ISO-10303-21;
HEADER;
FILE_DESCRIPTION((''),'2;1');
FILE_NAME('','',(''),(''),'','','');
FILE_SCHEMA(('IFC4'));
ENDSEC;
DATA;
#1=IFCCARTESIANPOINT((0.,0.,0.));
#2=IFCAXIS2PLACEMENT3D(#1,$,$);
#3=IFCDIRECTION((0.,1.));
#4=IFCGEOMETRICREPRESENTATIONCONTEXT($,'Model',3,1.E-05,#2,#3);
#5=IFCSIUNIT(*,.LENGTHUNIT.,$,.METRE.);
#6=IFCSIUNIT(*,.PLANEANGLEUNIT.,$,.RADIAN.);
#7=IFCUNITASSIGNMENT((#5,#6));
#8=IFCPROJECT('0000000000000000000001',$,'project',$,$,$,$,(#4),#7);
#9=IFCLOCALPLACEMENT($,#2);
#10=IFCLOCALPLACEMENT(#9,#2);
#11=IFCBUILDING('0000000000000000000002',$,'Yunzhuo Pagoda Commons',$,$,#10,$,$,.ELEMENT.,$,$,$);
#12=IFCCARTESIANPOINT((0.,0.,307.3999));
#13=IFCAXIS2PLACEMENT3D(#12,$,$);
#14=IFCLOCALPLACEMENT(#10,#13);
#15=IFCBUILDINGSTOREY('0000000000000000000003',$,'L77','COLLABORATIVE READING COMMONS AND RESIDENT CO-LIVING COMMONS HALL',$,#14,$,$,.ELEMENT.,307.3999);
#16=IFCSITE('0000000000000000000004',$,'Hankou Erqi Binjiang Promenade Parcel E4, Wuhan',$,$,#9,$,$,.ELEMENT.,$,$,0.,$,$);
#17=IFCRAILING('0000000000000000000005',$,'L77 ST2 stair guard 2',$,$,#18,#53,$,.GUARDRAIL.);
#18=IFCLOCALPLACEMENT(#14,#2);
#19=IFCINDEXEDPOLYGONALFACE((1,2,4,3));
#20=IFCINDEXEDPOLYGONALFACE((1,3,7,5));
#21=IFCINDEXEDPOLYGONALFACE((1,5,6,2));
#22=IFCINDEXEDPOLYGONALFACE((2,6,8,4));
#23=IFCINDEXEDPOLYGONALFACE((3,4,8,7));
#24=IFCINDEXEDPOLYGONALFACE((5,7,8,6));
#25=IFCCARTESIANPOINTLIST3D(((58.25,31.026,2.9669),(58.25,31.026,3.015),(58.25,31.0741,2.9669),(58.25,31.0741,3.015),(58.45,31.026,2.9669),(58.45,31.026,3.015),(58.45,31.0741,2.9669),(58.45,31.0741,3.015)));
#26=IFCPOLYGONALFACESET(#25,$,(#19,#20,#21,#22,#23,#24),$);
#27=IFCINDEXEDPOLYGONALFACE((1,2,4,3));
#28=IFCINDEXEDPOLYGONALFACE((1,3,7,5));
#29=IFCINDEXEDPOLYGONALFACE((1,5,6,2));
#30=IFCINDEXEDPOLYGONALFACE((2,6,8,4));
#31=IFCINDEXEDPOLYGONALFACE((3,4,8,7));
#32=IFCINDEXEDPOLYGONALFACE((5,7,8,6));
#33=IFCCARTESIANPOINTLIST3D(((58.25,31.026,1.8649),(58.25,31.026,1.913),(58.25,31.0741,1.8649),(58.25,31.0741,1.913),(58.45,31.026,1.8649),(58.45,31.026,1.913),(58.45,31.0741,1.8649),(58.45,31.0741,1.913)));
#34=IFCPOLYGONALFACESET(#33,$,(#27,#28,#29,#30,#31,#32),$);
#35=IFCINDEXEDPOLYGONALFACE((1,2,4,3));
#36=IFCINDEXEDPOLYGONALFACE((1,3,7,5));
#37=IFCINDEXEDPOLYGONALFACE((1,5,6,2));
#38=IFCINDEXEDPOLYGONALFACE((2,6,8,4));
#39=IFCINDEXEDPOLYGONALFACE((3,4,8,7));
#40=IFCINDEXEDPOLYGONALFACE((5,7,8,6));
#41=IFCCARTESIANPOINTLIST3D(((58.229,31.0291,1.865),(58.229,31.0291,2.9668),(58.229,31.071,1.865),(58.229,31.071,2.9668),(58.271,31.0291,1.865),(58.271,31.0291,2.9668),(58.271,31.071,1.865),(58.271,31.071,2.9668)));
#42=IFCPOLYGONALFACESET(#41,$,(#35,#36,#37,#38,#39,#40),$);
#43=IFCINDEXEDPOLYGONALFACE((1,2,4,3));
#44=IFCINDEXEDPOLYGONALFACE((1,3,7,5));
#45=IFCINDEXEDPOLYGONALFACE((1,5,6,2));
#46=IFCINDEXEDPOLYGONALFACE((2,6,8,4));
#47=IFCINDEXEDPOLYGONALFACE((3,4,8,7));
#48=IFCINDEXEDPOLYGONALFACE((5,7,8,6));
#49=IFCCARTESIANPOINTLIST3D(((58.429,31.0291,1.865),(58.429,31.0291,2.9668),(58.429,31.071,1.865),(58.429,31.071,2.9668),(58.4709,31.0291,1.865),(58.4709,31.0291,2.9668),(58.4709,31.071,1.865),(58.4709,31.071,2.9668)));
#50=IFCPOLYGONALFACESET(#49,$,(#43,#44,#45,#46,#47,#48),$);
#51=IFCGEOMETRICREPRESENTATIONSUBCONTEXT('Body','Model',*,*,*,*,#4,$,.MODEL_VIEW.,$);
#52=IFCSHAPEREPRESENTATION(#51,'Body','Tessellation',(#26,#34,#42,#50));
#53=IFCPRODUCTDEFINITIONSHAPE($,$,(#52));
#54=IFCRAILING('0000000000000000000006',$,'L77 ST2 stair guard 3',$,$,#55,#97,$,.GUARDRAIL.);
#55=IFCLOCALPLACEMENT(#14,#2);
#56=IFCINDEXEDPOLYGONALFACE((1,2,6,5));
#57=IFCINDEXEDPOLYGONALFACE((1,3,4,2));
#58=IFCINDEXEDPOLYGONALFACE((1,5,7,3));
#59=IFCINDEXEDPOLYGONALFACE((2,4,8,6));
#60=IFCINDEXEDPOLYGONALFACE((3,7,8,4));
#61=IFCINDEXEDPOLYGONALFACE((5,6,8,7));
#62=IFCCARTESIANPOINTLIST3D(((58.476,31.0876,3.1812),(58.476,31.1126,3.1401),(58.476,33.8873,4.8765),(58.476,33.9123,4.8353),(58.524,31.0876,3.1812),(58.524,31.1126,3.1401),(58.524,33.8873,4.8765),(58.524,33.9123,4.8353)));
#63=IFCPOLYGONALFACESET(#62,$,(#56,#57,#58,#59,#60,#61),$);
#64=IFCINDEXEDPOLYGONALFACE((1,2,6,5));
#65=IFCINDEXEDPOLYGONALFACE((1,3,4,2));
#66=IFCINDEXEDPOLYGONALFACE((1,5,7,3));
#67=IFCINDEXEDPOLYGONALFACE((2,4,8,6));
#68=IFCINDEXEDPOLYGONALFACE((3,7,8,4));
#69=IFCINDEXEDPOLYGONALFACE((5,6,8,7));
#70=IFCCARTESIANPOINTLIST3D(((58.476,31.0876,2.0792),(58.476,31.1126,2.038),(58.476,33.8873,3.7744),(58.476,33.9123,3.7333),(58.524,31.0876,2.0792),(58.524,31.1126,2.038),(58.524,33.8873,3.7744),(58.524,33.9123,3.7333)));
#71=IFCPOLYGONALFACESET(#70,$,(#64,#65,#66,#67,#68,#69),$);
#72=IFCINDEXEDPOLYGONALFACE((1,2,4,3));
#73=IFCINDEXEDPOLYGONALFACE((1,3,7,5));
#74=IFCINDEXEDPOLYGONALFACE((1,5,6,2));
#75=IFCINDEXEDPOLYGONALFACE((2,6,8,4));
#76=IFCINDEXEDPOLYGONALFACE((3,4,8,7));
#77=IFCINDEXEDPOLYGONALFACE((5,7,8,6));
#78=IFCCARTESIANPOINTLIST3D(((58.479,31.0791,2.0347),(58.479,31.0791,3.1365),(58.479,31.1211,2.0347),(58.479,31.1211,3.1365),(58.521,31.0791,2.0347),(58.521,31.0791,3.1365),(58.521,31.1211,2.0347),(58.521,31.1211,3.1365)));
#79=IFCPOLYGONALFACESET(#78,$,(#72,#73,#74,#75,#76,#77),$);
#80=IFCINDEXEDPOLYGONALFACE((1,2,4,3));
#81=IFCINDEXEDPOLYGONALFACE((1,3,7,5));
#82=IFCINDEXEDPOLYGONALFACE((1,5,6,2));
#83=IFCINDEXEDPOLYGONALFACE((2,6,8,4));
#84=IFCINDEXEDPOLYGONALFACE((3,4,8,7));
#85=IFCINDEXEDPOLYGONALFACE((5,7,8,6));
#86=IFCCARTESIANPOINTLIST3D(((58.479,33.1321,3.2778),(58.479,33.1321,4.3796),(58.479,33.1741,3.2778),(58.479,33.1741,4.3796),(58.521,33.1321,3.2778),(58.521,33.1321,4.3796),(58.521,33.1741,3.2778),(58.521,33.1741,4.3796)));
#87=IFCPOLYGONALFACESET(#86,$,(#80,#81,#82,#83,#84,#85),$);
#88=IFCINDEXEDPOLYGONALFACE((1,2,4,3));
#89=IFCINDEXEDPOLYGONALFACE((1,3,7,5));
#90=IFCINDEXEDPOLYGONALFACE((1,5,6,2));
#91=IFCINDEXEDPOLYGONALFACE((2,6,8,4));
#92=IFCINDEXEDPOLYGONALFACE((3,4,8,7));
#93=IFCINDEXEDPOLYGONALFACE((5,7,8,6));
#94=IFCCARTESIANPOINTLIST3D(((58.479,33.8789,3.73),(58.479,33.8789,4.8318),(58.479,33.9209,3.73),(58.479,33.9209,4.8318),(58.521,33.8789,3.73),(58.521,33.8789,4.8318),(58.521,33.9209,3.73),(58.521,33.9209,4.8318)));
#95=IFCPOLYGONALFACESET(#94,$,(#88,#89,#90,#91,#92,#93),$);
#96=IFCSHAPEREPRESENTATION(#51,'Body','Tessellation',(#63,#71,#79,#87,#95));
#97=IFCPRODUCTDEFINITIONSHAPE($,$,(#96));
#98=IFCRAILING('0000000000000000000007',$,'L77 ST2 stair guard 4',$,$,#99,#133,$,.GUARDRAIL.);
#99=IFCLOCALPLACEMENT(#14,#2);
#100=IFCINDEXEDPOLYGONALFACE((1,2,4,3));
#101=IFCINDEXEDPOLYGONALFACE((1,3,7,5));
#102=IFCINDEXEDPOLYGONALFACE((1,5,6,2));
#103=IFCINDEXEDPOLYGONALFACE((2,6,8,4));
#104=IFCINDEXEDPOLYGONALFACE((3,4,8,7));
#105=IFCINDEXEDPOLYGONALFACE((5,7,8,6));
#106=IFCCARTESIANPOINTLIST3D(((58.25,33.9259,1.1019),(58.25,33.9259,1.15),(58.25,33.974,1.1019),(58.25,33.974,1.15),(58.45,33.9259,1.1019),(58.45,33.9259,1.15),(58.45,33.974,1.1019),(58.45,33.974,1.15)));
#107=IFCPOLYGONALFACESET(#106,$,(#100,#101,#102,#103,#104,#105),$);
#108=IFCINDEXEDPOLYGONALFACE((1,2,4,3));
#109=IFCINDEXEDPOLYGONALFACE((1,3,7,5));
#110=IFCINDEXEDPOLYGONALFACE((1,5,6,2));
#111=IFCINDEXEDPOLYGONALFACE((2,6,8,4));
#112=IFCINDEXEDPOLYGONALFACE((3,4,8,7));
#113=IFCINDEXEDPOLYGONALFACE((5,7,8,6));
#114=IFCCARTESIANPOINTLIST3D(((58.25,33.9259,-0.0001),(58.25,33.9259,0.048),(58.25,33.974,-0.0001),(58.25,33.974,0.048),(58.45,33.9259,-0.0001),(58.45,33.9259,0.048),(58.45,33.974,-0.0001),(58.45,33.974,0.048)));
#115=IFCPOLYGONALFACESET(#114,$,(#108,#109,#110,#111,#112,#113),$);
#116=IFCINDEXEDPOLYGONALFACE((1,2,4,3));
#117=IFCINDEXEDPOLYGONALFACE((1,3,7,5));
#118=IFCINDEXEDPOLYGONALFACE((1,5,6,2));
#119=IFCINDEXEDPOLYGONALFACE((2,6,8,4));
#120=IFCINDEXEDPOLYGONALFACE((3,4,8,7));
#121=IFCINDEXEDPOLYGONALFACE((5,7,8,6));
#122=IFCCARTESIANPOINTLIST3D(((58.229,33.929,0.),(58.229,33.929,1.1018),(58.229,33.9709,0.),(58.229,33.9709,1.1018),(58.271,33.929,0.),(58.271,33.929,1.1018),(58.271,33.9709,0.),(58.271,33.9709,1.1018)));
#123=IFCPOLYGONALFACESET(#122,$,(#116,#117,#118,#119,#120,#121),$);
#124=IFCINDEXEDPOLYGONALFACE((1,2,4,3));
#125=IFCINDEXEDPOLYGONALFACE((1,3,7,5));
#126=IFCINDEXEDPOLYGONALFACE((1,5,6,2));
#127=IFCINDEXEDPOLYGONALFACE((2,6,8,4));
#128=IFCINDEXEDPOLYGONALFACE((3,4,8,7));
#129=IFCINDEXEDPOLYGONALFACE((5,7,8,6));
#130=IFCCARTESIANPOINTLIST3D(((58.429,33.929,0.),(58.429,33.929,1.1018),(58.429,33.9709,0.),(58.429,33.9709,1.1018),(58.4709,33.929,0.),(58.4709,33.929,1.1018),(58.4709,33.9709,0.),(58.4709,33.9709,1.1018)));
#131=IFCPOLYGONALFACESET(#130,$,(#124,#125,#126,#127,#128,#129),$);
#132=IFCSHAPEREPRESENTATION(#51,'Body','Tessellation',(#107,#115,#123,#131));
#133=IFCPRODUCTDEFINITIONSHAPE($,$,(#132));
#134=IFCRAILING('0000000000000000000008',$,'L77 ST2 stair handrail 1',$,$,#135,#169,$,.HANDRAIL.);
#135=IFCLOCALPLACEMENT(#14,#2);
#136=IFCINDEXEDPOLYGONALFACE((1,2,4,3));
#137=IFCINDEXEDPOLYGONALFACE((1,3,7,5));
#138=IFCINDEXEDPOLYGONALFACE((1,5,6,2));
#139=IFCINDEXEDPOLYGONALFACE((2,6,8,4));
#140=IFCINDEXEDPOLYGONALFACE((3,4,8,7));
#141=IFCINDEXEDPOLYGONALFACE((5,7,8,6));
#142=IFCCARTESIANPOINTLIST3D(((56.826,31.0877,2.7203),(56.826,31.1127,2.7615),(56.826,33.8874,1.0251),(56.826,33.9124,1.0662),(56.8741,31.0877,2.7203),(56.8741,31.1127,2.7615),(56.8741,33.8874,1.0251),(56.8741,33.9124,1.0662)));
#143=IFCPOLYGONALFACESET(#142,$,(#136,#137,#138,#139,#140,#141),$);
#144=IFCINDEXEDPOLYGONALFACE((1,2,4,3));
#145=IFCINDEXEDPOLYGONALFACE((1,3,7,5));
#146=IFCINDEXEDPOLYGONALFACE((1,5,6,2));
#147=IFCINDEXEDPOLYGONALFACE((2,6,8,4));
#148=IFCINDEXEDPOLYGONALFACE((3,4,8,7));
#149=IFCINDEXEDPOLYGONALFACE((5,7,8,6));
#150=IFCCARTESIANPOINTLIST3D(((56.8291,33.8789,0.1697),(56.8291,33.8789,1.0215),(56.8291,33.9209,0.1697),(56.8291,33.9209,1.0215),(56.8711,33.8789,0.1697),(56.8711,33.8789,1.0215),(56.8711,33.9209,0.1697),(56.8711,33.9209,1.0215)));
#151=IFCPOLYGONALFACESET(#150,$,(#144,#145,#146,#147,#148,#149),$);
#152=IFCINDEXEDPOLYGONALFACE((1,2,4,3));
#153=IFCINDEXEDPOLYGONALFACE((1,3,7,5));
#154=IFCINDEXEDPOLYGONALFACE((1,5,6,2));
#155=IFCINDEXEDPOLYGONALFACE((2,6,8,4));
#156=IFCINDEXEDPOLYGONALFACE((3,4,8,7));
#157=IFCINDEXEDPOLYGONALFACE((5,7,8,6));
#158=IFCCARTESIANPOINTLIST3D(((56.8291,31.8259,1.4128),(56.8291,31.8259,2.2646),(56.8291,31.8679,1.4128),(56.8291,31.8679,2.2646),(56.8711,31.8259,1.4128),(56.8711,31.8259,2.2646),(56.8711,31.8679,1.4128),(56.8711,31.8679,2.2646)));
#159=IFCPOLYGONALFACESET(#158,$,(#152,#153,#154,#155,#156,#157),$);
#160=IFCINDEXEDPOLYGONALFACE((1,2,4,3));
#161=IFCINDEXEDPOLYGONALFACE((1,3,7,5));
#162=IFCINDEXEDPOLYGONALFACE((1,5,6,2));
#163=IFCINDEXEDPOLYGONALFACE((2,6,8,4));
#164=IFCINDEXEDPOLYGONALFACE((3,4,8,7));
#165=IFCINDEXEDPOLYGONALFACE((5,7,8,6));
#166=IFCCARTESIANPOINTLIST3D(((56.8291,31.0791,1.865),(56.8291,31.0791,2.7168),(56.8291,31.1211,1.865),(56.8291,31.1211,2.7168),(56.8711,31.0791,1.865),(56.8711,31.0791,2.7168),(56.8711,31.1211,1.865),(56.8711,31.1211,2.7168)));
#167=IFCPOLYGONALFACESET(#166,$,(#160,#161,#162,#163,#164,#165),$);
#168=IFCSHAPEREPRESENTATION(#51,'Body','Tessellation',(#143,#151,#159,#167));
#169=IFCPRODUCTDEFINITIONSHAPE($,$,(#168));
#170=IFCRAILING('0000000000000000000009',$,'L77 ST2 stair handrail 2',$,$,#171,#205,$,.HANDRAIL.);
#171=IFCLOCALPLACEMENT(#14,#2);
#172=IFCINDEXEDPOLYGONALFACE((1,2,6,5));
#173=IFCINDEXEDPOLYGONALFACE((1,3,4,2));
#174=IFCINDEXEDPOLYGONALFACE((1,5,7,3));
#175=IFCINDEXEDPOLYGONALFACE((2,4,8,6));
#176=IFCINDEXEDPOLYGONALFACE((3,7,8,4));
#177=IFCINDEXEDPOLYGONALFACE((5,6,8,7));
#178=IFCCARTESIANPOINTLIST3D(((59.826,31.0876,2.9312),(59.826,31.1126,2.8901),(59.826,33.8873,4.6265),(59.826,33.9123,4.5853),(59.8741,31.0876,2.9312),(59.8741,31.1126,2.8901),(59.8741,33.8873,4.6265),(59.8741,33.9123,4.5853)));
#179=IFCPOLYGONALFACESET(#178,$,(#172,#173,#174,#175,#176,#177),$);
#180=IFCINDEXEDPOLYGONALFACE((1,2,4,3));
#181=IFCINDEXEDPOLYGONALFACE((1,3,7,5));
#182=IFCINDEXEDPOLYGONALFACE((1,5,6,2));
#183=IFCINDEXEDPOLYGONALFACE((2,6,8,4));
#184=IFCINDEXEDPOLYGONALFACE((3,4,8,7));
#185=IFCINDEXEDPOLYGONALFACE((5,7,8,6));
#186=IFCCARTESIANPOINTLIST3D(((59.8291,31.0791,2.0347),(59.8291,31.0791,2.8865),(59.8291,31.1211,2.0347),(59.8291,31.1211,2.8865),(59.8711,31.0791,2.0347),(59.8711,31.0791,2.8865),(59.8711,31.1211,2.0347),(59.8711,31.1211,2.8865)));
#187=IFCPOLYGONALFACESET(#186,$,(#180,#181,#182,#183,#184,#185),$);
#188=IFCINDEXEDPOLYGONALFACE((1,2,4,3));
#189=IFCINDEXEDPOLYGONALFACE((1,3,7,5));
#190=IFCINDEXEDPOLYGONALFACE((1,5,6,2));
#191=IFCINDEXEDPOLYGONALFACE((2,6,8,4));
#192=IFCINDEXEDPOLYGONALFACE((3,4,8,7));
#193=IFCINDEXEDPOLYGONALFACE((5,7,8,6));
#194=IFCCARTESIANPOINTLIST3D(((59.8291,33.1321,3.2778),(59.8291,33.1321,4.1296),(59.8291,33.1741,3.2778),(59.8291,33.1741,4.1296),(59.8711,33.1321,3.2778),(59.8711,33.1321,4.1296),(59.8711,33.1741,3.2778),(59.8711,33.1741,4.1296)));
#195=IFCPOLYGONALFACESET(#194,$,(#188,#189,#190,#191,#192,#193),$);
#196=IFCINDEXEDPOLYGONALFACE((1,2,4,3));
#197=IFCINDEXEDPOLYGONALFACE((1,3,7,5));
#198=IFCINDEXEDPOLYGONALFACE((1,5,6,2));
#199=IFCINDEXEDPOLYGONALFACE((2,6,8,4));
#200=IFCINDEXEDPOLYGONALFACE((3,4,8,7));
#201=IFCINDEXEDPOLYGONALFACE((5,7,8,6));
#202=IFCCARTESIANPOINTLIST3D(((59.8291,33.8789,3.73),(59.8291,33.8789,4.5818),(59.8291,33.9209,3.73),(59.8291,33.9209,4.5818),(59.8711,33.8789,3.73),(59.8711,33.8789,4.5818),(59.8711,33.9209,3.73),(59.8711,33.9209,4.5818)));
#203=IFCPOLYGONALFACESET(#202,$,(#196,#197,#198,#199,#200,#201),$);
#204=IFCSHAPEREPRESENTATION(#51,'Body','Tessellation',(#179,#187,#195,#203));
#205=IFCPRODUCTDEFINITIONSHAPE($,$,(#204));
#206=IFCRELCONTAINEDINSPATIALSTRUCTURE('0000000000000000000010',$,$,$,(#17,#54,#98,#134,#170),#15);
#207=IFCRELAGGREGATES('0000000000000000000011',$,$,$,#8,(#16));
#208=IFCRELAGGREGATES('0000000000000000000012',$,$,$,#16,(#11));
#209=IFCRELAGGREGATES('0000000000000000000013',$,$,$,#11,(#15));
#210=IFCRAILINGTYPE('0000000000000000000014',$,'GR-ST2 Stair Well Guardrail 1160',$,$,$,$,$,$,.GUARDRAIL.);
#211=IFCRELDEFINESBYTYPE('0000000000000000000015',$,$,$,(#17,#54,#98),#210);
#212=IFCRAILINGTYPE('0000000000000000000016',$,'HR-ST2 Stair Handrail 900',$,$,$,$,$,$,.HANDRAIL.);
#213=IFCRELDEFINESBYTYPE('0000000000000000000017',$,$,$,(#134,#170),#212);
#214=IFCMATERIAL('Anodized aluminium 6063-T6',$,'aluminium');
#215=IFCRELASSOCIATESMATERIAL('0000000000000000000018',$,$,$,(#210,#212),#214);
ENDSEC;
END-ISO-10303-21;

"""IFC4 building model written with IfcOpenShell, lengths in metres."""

from ifc_helpers import new_model, si_unit, direction, frame, origin, origin_2d, place, context, subcontext, project, spatial, rectangle, extrude, material, type_object, element, save


model = new_model("IFC4")

# Units and contexts
model_context = context("Model", 3, precision=1e-05, world=origin(), true_north=direction((0.0, 1.0)))
body_context = subcontext(model_context, "Body", "Model", "MODEL_VIEW")
ifc_project = project(units=[si_unit("LENGTHUNIT", "METRE"), si_unit("PLANEANGLEUNIT", "RADIAN")], contexts=[model_context])

# Site, building, storey
site_placement = place(None, origin())
site = spatial("IfcSite", under=ifc_project, at=site_placement, Name="Hankou Erqi Binjiang Promenade Parcel E4, Wuhan", CompositionType="ELEMENT", RefElevation=0.0)
building_placement = place(site_placement, origin())
building = spatial("IfcBuilding", under=site, at=building_placement, Name="Yunzhuo Pagoda Commons", CompositionType="ELEMENT")
storey_placement = place(building_placement, frame((0.0, 0.0, 307.3999)))
storey = spatial("IfcBuildingStorey", under=building, at=storey_placement, Name="L77", Description="COLLABORATIVE READING COMMONS AND RESIDENT CO-LIVING COMMONS HALL", CompositionType="ELEMENT", Elevation=307.3999)

# Shared definitions
ifc_material_1 = material(Name="Anodized aluminium 6063-T6", Category="aluminium")

# Railings
railing_type_1 = type_object("IfcRailingType", Name="GR-ST2 Stair Well Guardrail 1160", PredefinedType="GUARDRAIL", material=ifc_material_1)
railing_1_placement = place(storey_placement, frame((58.25, 31.05, 1.865)))
element("IfcRailing", 1, at=railing_1_placement, inside=storey, type_object=railing_type_1, Name="L77 ST2 stair guard 2", PredefinedType="GUARDRAIL", context=body_context, shape_type="SweptSolid", body=[
    extrude(rectangle(XDim=0.0481, YDim=0.0481, at=origin_2d()), frame((0.0, 0.0, 1.126), z_axis=(1.0, 0.0, 0.0), x_axis=(0.0, 1.0, 0.0)), (0.0, 0.0, 1.0), 0.2),
    extrude(rectangle(XDim=0.0481, YDim=0.0481, at=origin_2d()), frame((0.0, 0.0, 0.0239), z_axis=(1.0, 0.0, 0.0), x_axis=(0.0, 1.0, 0.0)), (0.0, 0.0, 1.0), 0.2),
    extrude(rectangle(XDim=0.042, YDim=0.042, at=origin_2d()), origin(), (0.0, 0.0, 1.0), 1.1018),
    extrude(rectangle(XDim=0.042, YDim=0.042, at=origin_2d()), frame((0.2, 0.0, 0.0)), (0.0, 0.0, 1.0), 1.1018),
])
railing_2_placement = place(storey_placement, frame((58.5, 31.1001, 2.0347)))
element("IfcRailing", 2, at=railing_2_placement, inside=storey, type_object=railing_type_1, Name="L77 ST2 stair guard 3", PredefinedType="GUARDRAIL", context=body_context, shape_type="SweptSolid", body=[
    extrude(rectangle(XDim=0.0481, YDim=0.0481, at=origin_2d()), frame((0.0, 0.0, 1.126), z_axis=(0.0, 0.855406, 0.517958), x_axis=(-1.0, 0.0, 0.0)), (0.0, 0.0, 1.0), 3.2729),
    extrude(rectangle(XDim=0.0481, YDim=0.0481, at=origin_2d()), frame((0.0, 0.0, 0.0239), z_axis=(0.0, 0.855406, 0.517958), x_axis=(-1.0, 0.0, 0.0)), (0.0, 0.0, 1.0), 3.2729),
    extrude(rectangle(XDim=0.042, YDim=0.042, at=origin_2d()), origin(), (0.0, 0.0, 1.0), 1.1018),
    extrude(rectangle(XDim=0.042, YDim=0.042, at=origin_2d()), frame((0.0, 2.053, 1.2432)), (0.0, 0.0, 1.0), 1.1018),
    extrude(rectangle(XDim=0.042, YDim=0.042, at=origin_2d()), frame((0.0, 2.7998, 1.6953)), (0.0, 0.0, 1.0), 1.1018),
])
railing_3_placement = place(storey_placement, frame((58.25, 33.95, 0.0)))
element("IfcRailing", 3, at=railing_3_placement, inside=storey, type_object=railing_type_1, Name="L77 ST2 stair guard 4", PredefinedType="GUARDRAIL", context=body_context, shape_type="SweptSolid", body=[
    extrude(rectangle(XDim=0.0481, YDim=0.0481, at=origin_2d()), frame((0.0, 0.0, 1.126), z_axis=(1.0, 0.0, 0.0), x_axis=(0.0, 1.0, 0.0)), (0.0, 0.0, 1.0), 0.2),
    extrude(rectangle(XDim=0.0481, YDim=0.0481, at=origin_2d()), frame((0.0, 0.0, 0.0239), z_axis=(1.0, 0.0, 0.0), x_axis=(0.0, 1.0, 0.0)), (0.0, 0.0, 1.0), 0.2),
    extrude(rectangle(XDim=0.042, YDim=0.042, at=origin_2d()), origin(), (0.0, 0.0, 1.0), 1.1018),
    extrude(rectangle(XDim=0.042, YDim=0.042, at=origin_2d()), frame((0.2, 0.0, 0.0)), (0.0, 0.0, 1.0), 1.1018),
])
railing_type_2 = type_object("IfcRailingType", Name="HR-ST2 Stair Handrail 900", PredefinedType="HANDRAIL", material=ifc_material_1)
railing_4_placement = place(storey_placement, frame((56.8501, 33.8999, 0.1697)))
element("IfcRailing", 4, at=railing_4_placement, inside=storey, type_object=railing_type_2, Name="L77 ST2 stair handrail 1", PredefinedType="HANDRAIL", context=body_context, shape_type="SweptSolid", body=[
    extrude(rectangle(XDim=0.0481, YDim=0.0481, at=origin_2d()), frame((0.0, 0.0, 0.876), z_axis=(0.0, -0.855406, 0.517958), x_axis=(1.0, 0.0, 0.0)), (0.0, 0.0, 1.0), 3.2729),
    extrude(rectangle(XDim=0.042, YDim=0.042, at=origin_2d()), origin(), (0.0, 0.0, 1.0), 0.8518),
    extrude(rectangle(XDim=0.042, YDim=0.042, at=origin_2d()), frame((0.0, -2.053, 1.2432)), (0.0, 0.0, 1.0), 0.8518),
    extrude(rectangle(XDim=0.042, YDim=0.042, at=origin_2d()), frame((0.0, -2.7998, 1.6953)), (0.0, 0.0, 1.0), 0.8518),
])
railing_5_placement = place(storey_placement, frame((59.8501, 31.1001, 2.0347)))
element("IfcRailing", 5, at=railing_5_placement, inside=storey, type_object=railing_type_2, Name="L77 ST2 stair handrail 2", PredefinedType="HANDRAIL", context=body_context, shape_type="SweptSolid", body=[
    extrude(rectangle(XDim=0.0481, YDim=0.0481, at=origin_2d()), frame((0.0, 0.0, 0.876), z_axis=(0.0, 0.855406, 0.517958), x_axis=(-1.0, 0.0, 0.0)), (0.0, 0.0, 1.0), 3.2729),
    extrude(rectangle(XDim=0.042, YDim=0.042, at=origin_2d()), origin(), (0.0, 0.0, 1.0), 0.8518),
    extrude(rectangle(XDim=0.042, YDim=0.042, at=origin_2d()), frame((0.0, 2.053, 1.2432)), (0.0, 0.0, 1.0), 0.8518),
    extrude(rectangle(XDim=0.042, YDim=0.042, at=origin_2d()), frame((0.0, 2.7998, 1.6953)), (0.0, 0.0, 1.0), 0.8518),
])

save(model, "model.ifc")
